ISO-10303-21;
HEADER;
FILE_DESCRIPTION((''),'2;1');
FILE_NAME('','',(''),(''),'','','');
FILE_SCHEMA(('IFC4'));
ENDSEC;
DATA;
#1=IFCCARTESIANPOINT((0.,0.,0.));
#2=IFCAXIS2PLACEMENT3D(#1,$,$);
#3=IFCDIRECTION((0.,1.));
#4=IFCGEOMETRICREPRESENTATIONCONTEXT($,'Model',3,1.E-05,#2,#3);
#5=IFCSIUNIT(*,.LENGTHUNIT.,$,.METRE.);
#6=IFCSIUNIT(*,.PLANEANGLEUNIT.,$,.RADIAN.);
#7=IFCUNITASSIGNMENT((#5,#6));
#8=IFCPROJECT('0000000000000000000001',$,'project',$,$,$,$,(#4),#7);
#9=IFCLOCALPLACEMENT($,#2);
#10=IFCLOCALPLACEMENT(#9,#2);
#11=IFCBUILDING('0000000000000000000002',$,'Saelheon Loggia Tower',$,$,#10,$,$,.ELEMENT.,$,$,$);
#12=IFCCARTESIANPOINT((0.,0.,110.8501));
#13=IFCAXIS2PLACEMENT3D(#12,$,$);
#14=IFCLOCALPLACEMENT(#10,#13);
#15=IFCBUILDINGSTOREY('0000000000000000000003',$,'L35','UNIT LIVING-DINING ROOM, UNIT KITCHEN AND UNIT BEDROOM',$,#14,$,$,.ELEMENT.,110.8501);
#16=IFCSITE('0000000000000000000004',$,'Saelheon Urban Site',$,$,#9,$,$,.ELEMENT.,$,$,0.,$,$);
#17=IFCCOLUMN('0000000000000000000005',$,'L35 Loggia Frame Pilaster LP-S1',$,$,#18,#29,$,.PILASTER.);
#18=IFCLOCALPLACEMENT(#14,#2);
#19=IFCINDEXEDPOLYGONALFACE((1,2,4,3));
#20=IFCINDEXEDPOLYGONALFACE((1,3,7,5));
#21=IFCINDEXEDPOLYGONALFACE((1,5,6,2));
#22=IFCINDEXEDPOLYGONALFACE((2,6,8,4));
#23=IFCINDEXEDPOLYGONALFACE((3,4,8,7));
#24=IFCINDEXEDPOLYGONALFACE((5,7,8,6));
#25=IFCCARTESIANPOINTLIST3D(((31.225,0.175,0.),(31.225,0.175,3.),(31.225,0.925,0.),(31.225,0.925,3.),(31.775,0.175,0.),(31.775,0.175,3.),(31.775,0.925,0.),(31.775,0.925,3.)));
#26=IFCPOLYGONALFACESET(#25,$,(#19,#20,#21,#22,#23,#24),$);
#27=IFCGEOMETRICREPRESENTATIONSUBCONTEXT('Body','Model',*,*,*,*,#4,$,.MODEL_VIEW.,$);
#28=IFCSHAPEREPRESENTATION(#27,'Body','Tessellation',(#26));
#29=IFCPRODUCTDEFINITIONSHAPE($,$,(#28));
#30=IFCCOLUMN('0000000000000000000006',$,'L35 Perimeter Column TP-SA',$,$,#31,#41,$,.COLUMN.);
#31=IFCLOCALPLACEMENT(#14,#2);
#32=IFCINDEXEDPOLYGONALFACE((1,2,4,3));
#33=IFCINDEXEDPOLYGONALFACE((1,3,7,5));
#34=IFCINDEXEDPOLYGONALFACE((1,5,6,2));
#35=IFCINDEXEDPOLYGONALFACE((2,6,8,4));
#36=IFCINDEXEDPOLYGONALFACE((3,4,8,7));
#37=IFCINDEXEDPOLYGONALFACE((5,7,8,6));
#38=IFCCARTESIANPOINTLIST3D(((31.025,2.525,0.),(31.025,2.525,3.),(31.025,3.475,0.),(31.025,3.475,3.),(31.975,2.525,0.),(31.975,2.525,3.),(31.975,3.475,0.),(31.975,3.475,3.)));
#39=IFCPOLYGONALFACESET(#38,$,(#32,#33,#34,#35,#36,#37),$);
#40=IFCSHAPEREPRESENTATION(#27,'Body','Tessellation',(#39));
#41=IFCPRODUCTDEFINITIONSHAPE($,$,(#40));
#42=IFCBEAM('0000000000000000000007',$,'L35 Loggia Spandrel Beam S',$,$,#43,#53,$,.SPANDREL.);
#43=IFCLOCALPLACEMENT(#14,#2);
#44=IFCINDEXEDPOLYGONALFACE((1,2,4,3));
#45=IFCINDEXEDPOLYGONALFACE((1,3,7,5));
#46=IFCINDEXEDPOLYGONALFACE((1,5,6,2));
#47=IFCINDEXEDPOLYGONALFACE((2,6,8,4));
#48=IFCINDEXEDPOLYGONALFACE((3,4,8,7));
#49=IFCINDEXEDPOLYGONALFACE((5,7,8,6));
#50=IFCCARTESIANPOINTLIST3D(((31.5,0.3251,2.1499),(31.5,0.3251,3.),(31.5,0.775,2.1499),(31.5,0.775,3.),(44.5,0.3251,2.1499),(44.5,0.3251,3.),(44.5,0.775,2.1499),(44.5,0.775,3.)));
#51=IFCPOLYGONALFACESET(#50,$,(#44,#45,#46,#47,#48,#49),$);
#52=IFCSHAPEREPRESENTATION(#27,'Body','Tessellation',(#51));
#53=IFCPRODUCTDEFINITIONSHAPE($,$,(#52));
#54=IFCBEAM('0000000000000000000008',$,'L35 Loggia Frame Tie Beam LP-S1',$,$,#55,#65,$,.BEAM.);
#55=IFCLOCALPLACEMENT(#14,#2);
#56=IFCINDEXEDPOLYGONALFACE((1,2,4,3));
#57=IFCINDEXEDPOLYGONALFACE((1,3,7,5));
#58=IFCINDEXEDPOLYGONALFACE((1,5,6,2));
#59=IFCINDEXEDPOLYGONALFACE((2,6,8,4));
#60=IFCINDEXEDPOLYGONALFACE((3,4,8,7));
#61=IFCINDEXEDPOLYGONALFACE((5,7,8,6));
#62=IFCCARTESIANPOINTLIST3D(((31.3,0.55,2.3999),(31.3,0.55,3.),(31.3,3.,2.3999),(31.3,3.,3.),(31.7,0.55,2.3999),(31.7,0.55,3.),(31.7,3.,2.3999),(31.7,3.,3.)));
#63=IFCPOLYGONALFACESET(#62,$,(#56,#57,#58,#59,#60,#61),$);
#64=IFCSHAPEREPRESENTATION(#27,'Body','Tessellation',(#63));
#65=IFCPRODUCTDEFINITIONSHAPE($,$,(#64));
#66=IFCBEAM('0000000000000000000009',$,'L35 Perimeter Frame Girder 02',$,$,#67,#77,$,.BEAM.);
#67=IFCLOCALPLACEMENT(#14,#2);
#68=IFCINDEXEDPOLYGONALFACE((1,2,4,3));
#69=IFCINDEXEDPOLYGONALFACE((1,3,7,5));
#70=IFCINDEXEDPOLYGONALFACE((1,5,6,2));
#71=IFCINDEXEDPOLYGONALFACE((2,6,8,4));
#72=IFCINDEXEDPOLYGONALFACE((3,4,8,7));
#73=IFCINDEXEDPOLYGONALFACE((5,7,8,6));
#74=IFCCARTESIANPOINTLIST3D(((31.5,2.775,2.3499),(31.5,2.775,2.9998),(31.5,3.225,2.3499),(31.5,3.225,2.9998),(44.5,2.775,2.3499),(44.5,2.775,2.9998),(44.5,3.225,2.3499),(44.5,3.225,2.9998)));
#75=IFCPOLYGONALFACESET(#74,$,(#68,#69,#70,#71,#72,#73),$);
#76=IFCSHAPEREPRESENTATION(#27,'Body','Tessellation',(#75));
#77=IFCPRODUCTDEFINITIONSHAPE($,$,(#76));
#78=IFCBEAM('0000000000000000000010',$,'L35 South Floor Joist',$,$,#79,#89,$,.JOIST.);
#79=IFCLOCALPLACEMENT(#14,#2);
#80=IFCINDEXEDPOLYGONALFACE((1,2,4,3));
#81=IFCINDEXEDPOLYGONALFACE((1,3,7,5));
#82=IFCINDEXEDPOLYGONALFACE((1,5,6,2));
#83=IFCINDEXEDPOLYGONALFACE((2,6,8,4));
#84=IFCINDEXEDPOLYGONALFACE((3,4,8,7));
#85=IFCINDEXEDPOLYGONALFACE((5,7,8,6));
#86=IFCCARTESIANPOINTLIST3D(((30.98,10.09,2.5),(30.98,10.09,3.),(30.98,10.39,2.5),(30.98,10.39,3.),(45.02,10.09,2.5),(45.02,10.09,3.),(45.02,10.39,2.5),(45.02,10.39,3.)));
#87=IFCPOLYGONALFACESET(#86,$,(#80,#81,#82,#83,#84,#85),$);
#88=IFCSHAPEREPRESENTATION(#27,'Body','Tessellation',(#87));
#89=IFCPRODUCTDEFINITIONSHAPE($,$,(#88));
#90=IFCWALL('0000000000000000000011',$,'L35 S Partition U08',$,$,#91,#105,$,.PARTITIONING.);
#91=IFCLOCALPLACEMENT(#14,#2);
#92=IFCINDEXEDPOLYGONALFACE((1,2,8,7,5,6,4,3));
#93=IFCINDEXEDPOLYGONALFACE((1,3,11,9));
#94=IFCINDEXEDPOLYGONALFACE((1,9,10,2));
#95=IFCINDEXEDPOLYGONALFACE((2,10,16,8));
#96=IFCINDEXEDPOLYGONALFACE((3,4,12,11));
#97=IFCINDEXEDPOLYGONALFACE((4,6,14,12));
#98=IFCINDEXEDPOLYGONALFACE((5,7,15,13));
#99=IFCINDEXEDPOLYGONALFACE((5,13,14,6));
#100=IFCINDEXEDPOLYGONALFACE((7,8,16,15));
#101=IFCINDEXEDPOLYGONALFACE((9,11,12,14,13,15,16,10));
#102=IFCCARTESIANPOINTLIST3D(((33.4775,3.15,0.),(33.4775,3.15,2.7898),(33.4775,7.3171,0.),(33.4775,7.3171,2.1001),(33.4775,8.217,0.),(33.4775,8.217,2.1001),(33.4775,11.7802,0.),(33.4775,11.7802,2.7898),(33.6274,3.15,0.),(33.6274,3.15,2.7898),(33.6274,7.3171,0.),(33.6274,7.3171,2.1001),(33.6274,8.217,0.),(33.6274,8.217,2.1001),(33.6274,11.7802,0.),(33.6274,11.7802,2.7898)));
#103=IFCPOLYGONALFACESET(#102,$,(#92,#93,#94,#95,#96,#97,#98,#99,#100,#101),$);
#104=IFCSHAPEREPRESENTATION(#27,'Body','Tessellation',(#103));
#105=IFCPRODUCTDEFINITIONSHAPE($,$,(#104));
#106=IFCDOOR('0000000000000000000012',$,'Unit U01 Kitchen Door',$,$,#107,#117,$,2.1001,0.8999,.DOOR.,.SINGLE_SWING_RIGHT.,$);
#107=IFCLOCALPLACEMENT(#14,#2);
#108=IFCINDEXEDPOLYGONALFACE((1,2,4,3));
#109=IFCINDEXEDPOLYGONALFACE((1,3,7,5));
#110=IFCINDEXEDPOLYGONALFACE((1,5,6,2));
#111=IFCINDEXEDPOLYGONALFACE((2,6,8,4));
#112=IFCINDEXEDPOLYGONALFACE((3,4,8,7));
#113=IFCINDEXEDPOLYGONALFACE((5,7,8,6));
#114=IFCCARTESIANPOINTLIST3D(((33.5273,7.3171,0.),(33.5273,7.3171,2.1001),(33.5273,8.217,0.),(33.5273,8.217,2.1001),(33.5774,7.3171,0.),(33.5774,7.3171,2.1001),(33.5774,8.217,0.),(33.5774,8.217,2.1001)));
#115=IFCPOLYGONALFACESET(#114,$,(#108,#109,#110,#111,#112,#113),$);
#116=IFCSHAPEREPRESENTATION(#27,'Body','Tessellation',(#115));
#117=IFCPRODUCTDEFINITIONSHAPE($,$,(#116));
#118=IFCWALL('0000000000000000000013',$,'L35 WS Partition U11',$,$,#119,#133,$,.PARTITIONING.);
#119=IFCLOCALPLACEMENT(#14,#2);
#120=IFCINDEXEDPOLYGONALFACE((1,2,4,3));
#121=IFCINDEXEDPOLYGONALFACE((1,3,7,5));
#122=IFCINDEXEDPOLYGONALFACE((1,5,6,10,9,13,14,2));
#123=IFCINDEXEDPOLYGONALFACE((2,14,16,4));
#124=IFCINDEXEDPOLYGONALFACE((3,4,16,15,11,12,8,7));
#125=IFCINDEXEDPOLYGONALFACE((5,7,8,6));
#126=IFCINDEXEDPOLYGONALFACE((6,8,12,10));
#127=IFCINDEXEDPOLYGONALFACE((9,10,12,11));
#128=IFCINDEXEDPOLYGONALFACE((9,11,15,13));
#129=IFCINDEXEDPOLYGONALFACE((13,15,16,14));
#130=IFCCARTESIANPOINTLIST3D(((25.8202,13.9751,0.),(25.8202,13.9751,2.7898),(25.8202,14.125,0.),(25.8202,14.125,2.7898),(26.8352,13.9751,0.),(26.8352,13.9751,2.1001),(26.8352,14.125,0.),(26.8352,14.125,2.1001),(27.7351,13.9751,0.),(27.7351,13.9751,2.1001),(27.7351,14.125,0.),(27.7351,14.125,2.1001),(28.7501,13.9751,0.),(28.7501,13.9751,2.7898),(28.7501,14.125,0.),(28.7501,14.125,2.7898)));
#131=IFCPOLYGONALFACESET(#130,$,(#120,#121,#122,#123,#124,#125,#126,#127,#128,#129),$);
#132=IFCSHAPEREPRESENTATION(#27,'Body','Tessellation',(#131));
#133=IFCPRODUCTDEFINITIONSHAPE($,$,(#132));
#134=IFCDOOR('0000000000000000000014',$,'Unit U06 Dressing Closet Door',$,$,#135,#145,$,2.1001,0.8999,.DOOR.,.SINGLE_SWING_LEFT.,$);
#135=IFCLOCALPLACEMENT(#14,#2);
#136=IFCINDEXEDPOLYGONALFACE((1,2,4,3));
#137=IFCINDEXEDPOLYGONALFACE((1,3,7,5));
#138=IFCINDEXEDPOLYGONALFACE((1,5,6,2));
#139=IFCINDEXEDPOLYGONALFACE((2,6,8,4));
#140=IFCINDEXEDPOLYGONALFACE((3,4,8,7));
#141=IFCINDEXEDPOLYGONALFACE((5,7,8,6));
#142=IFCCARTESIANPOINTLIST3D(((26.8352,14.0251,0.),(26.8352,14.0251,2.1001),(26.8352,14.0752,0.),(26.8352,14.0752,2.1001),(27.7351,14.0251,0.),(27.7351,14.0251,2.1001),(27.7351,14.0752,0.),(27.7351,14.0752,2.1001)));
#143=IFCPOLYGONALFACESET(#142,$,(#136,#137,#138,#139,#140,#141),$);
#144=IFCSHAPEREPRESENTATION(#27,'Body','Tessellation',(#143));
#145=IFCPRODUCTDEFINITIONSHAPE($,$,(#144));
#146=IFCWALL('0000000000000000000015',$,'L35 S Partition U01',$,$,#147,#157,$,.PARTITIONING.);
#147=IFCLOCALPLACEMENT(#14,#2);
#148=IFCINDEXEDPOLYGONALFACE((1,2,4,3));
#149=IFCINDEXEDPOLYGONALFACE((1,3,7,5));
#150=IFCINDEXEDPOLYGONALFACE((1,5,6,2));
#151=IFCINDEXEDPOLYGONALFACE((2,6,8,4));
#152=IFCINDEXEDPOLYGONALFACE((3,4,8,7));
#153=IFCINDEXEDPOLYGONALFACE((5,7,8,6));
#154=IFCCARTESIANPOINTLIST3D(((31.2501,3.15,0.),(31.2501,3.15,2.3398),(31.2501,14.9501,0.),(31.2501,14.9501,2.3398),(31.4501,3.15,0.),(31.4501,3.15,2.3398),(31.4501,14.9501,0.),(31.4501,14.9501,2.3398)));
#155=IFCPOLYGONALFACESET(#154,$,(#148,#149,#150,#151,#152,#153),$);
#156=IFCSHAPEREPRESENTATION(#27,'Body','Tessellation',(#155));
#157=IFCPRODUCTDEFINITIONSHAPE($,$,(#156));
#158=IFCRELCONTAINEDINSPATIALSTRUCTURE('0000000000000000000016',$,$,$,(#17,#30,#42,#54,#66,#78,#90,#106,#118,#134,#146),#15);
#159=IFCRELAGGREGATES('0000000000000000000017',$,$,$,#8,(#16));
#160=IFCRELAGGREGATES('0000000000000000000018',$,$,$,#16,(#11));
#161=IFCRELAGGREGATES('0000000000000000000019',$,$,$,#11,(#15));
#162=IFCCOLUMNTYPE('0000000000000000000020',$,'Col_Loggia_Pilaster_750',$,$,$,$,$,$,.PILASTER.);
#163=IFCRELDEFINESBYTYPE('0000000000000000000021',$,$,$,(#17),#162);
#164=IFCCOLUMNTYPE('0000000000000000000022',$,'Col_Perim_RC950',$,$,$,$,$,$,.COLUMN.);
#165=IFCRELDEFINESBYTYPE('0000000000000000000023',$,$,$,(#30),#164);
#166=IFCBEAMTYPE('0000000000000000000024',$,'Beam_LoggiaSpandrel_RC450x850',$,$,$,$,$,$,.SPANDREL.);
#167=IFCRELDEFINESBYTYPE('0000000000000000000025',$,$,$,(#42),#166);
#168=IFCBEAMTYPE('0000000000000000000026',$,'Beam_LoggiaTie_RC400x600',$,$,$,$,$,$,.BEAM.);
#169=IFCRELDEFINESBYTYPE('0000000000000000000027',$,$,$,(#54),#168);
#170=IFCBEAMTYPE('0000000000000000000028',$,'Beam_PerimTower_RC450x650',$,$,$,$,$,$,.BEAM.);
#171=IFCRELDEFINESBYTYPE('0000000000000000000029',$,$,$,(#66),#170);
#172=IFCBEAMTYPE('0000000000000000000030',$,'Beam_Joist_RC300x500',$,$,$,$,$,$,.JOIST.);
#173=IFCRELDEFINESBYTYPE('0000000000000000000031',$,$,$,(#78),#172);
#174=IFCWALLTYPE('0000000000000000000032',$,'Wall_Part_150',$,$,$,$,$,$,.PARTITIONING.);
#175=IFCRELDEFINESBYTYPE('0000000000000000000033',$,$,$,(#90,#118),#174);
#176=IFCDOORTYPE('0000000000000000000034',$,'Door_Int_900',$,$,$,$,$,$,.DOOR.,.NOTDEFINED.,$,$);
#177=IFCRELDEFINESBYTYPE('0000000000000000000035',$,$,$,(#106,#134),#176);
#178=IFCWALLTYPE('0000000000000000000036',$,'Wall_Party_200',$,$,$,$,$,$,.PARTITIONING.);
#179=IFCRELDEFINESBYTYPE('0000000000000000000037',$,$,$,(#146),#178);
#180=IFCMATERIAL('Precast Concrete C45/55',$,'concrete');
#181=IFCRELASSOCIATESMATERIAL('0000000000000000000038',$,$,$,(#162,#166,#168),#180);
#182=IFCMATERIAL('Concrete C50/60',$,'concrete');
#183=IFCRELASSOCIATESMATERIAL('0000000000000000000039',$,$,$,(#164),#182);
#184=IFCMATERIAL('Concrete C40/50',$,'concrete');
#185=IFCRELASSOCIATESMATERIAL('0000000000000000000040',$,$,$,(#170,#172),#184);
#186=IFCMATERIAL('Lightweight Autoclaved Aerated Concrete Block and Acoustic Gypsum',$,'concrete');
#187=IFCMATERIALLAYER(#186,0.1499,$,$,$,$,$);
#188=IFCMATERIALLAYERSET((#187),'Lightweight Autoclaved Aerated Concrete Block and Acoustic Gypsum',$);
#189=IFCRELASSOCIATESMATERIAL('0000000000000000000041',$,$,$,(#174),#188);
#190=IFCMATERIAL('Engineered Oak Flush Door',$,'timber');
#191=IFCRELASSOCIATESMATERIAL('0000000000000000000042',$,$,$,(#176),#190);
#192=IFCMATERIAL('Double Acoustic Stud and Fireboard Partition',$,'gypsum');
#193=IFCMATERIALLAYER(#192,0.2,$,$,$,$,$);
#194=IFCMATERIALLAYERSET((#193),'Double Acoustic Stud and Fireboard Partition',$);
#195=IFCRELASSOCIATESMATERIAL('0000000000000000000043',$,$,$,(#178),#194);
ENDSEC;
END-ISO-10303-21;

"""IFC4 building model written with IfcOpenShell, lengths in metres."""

from ifc_helpers import new_model, si_unit, direction, frame, frame_2d, origin, origin_2d, place, context, subcontext, project, spatial, rectangle, extrude, source, transform, mapped, material, layer, layer_set, material_profile, profile_set, type_object, element, fill, save


model = new_model("IFC4")

# Units and contexts
model_context = context("Model", 3, precision=1e-05, world=origin(), true_north=direction((0.0, 1.0)))
body_context = subcontext(model_context, "Body", "Model", "MODEL_VIEW")
ifc_project = project(units=[si_unit("LENGTHUNIT", "METRE"), si_unit("PLANEANGLEUNIT", "RADIAN")], contexts=[model_context])

# Site, building, storey
site_placement = place(None, origin())
site = spatial("IfcSite", under=ifc_project, at=site_placement, Name="Saelheon Urban Site", CompositionType="ELEMENT", RefElevation=0.0)
building_placement = place(site_placement, origin())
building = spatial("IfcBuilding", under=site, at=building_placement, Name="Saelheon Loggia Tower", CompositionType="ELEMENT")
storey_placement = place(building_placement, frame((0.0, 0.0, 110.8501)))
storey = spatial("IfcBuildingStorey", under=building, at=storey_placement, Name="L35", Description="UNIT LIVING-DINING ROOM, UNIT KITCHEN AND UNIT BEDROOM", CompositionType="ELEMENT", Elevation=110.8501)

# Columns
ifc_material_1 = material(Name="Precast Concrete C45/55", Category="concrete")
ifc_material_profile_1 = material_profile(ifc_material_1, rectangle(XDim=0.55, YDim=0.75, at=origin_2d()), Name="RC-550x750")
ifc_profile_set_1 = profile_set([ifc_material_profile_1], Name="Precast Concrete C45/55")
column_type_1 = type_object("IfcColumnType", Name="Col_Loggia_Pilaster_750", PredefinedType="PILASTER", material=ifc_profile_set_1)
shared_shape_1 = source(origin(), body_context, "Body", "SweptSolid", [
    extrude(rectangle(XDim=0.55, YDim=0.75, at=origin_2d()), origin(), (0.0, 0.0, 1.0), 3.0),
])
column_1_placement = place(storey_placement, frame((31.5, 0.55, 0.0), z_axis=(0.0, 0.0, 1.0), x_axis=(1.0, 0.0, 0.0)))
element("IfcColumn", 1, at=column_1_placement, inside=storey, type_object=column_type_1, Name="L35 Loggia Frame Pilaster LP-S1", PredefinedType="PILASTER", context=body_context, shape_type="MappedRepresentation", body=[
    mapped(shared_shape_1, transform((0.0, 0.0, 0.0), scale=1.0)),
])
ifc_material_2 = material(Name="Concrete C50/60", Category="concrete")
ifc_material_profile_2 = material_profile(ifc_material_2, rectangle(XDim=0.95, YDim=0.95, at=origin_2d()), Name="RC-950x950")
ifc_profile_set_2 = profile_set([ifc_material_profile_2], Name="Concrete C50/60")
column_type_2 = type_object("IfcColumnType", Name="Col_Perim_RC950", PredefinedType="COLUMN", material=ifc_profile_set_2)
shared_shape_2 = source(origin(), body_context, "Body", "SweptSolid", [
    extrude(rectangle(XDim=0.95, YDim=0.95, at=origin_2d()), origin(), (0.0, 0.0, 1.0), 3.0),
])
column_2_placement = place(storey_placement, frame((31.5, 3.0, 0.0), z_axis=(0.0, 0.0, 1.0), x_axis=(1.0, 0.0, 0.0)))
element("IfcColumn", 2, at=column_2_placement, inside=storey, type_object=column_type_2, Name="L35 Perimeter Column TP-SA", PredefinedType="COLUMN", context=body_context, shape_type="MappedRepresentation", body=[
    mapped(shared_shape_2, transform((0.0, 0.0, 0.0), scale=1.0)),
])

# Beams
ifc_material_profile_3 = material_profile(ifc_material_1, rectangle(XDim=0.45, YDim=0.8501, at=origin_2d()), Name="RC-450x850")
ifc_profile_set_3 = profile_set([ifc_material_profile_3], Name="Precast Concrete C45/55")
beam_type_1 = type_object("IfcBeamType", Name="Beam_LoggiaSpandrel_RC450x850", PredefinedType="SPANDREL", material=ifc_profile_set_3)
shared_shape_3 = source(origin(), body_context, "Body", "SweptSolid", [
    extrude(rectangle(XDim=0.45, YDim=0.8501, at=origin_2d()), origin(), (0.0, 0.0, 1.0), 13.0),
])
beam_1_placement = place(storey_placement, frame((31.5, 0.55, 2.575), z_axis=(1.0, 0.0, 0.0), x_axis=(0.0, 1.0, 0.0)))
element("IfcBeam", 3, at=beam_1_placement, inside=storey, type_object=beam_type_1, Name="L35 Loggia Spandrel Beam S", PredefinedType="SPANDREL", context=body_context, shape_type="MappedRepresentation", body=[
    mapped(shared_shape_3, transform((0.0, 0.0, 0.0), scale=1.0)),
])
ifc_material_profile_4 = material_profile(ifc_material_1, rectangle(XDim=0.3999, YDim=0.6001, at=origin_2d()), Name="RC-400x600")
ifc_profile_set_4 = profile_set([ifc_material_profile_4], Name="Precast Concrete C45/55")
beam_type_2 = type_object("IfcBeamType", Name="Beam_LoggiaTie_RC400x600", PredefinedType="BEAM", material=ifc_profile_set_4)
shared_shape_4 = source(origin(), body_context, "Body", "SweptSolid", [
    extrude(rectangle(XDim=0.3999, YDim=0.6001, at=origin_2d()), origin(), (0.0, 0.0, 1.0), 2.45),
])
beam_2_placement = place(storey_placement, frame((31.5, 3.0, 2.7), z_axis=(0.0, -1.0, 0.0), x_axis=(1.0, 0.0, 0.0)))
element("IfcBeam", 4, at=beam_2_placement, inside=storey, type_object=beam_type_2, Name="L35 Loggia Frame Tie Beam LP-S1", PredefinedType="BEAM", context=body_context, shape_type="MappedRepresentation", body=[
    mapped(shared_shape_4, transform((0.0, 0.0, 0.0), scale=1.0)),
])
ifc_material_3 = material(Name="Concrete C40/50", Category="concrete")
ifc_material_profile_5 = material_profile(ifc_material_3, rectangle(XDim=0.45, YDim=0.6499, at=origin_2d()), Name="RC-450x650")
ifc_profile_set_5 = profile_set([ifc_material_profile_5], Name="Concrete C40/50")
beam_type_3 = type_object("IfcBeamType", Name="Beam_PerimTower_RC450x650", PredefinedType="BEAM", material=ifc_profile_set_5)
shared_shape_5 = source(origin(), body_context, "Body", "SweptSolid", [
    extrude(rectangle(XDim=0.45, YDim=0.6499, at=origin_2d()), origin(), (0.0, 0.0, 1.0), 13.0),
])
beam_3_placement = place(storey_placement, frame((31.5, 3.0, 2.6748), z_axis=(1.0, 0.0, 0.0), x_axis=(0.0, 1.0, 0.0)))
element("IfcBeam", 5, at=beam_3_placement, inside=storey, type_object=beam_type_3, Name="L35 Perimeter Frame Girder 02", PredefinedType="BEAM", context=body_context, shape_type="MappedRepresentation", body=[
    mapped(shared_shape_5, transform((0.0, 0.0, 0.0), scale=1.0)),
])
ifc_material_profile_6 = material_profile(ifc_material_3, rectangle(XDim=0.3, YDim=0.5, at=origin_2d()), Name="RC-300x500")
ifc_profile_set_6 = profile_set([ifc_material_profile_6], Name="Concrete C40/50")
beam_type_4 = type_object("IfcBeamType", Name="Beam_Joist_RC300x500", PredefinedType="JOIST", material=ifc_profile_set_6)
shared_shape_6 = source(origin(), body_context, "Body", "SweptSolid", [
    extrude(rectangle(XDim=0.3, YDim=0.5, at=origin_2d()), origin(), (0.0, 0.0, 1.0), 14.04),
])
beam_4_placement = place(storey_placement, frame((30.98, 10.24, 2.75), z_axis=(1.0, 0.0, 0.0), x_axis=(0.0, 1.0, 0.0)))
element("IfcBeam", 6, at=beam_4_placement, inside=storey, type_object=beam_type_4, Name="L35 South Floor Joist", PredefinedType="JOIST", context=body_context, shape_type="MappedRepresentation", body=[
    mapped(shared_shape_6, transform((0.0, 0.0, 0.0), scale=1.0)),
])

# Walls, openings, doors
ifc_material_4 = material(Name="Lightweight Autoclaved Aerated Concrete Block and Acoustic Gypsum", Category="concrete")
ifc_layer_1 = layer(ifc_material_4, 0.1499)
ifc_layer_set_1 = layer_set([ifc_layer_1], Name="Lightweight Autoclaved Aerated Concrete Block and Acoustic Gypsum")
wall_type_1 = type_object("IfcWallType", Name="Wall_Part_150", PredefinedType="PARTITIONING", material=ifc_layer_set_1)
wall_1_placement = place(storey_placement, frame((33.5525, 11.78, 0.0), z_axis=(0.0, 0.0, 1.0), x_axis=(0.0, -1.0, 0.0)))
wall_1 = element("IfcWall", 7, at=wall_1_placement, inside=storey, type_object=wall_type_1, Name="L35 S Partition U08", PredefinedType="PARTITIONING", context=body_context, shape_type="SweptSolid", body=[
    extrude(rectangle(XDim=8.6301, YDim=0.1499, at=frame_2d((4.3149, 0.0))), origin(), (0.0, 0.0, 1.0), 2.7898),
])
opening_1_placement = place(wall_1_placement, frame((3.563, 0.0, 0.0)))
opening_1 = element("IfcOpeningElement", 8, at=opening_1_placement, cuts=wall_1, PredefinedType="OPENING", context=body_context, shape_type="SweptSolid", body=[
    extrude(rectangle(XDim=0.8999, YDim=2.1001, at=frame_2d((0.45, 1.05))), frame((0.0, 0.0869, 0.0), z_axis=(0.0, -1.0, 0.0), x_axis=(1.0, 0.0, 0.0)), (0.0, 0.0, 1.0), 0.1738),
])
ifc_material_5 = material(Name="Engineered Oak Flush Door", Category="timber")
door_type_1 = type_object("IfcDoorType", Name="Door_Int_900", OperationType="NOTDEFINED", PredefinedType="DOOR", material=ifc_material_5)
shared_shape_7 = source(origin(), body_context, "Body", "SweptSolid", [
    extrude(rectangle(XDim=0.8999, YDim=2.1001, at=frame_2d((0.45, 1.05))), frame((0.0, 0.0249, 0.0), z_axis=(0.0, -1.0, 0.0), x_axis=(1.0, 0.0, 0.0)), (0.0, 0.0, 1.0), 0.05),
])
door_1_placement = place(opening_1_placement, origin())
door_1 = element("IfcDoor", 9, at=door_1_placement, inside=storey, type_object=door_type_1, Name="Unit U01 Kitchen Door", OperationType="SINGLE_SWING_RIGHT", OverallHeight=2.1001, OverallWidth=0.8999, PredefinedType="DOOR", context=body_context, shape_type="MappedRepresentation", body=[
    mapped(shared_shape_7, transform((0.0, 0.0, 0.0), scale=1.0)),
])
fill(opening_1, door_1)
wall_2_placement = place(storey_placement, frame((28.75, 14.05, 0.0), z_axis=(0.0, 0.0, 1.0), x_axis=(-1.0, 0.0, 0.0)))
wall_2 = element("IfcWall", 10, at=wall_2_placement, inside=storey, type_object=wall_type_1, Name="L35 WS Partition U11", PredefinedType="PARTITIONING", context=body_context, shape_type="SweptSolid", body=[
    extrude(rectangle(XDim=2.9299, YDim=0.1499, at=frame_2d((1.4648, 0.0))), origin(), (0.0, 0.0, 1.0), 2.7898),
])
opening_2_placement = place(wall_2_placement, frame((1.0149, 0.0, 0.0)))
opening_2 = element("IfcOpeningElement", 11, at=opening_2_placement, cuts=wall_2, PredefinedType="OPENING", context=body_context, shape_type="SweptSolid", body=[
    extrude(rectangle(XDim=0.8999, YDim=2.1001, at=frame_2d((0.45, 1.05))), frame((0.0, 0.0869, 0.0), z_axis=(0.0, -1.0, 0.0), x_axis=(1.0, 0.0, 0.0)), (0.0, 0.0, 1.0), 0.1738),
])
door_2_placement = place(opening_2_placement, origin())
door_2 = element("IfcDoor", 12, at=door_2_placement, inside=storey, type_object=door_type_1, Name="Unit U06 Dressing Closet Door", OperationType="SINGLE_SWING_LEFT", OverallHeight=2.1001, OverallWidth=0.8999, PredefinedType="DOOR", context=body_context, shape_type="MappedRepresentation", body=[
    mapped(shared_shape_7, transform((0.0, 0.0, 0.0), scale=1.0)),
])
fill(opening_2, door_2)

# Wall
ifc_material_6 = material(Name="Double Acoustic Stud and Fireboard Partition", Category="gypsum")
ifc_layer_2 = layer(ifc_material_6, 0.2)
ifc_layer_set_2 = layer_set([ifc_layer_2], Name="Double Acoustic Stud and Fireboard Partition")
wall_type_2 = type_object("IfcWallType", Name="Wall_Party_200", PredefinedType="PARTITIONING", material=ifc_layer_set_2)
wall_3_placement = place(storey_placement, frame((31.3501, 14.95, 0.0), z_axis=(0.0, 0.0, 1.0), x_axis=(0.0, -1.0, 0.0)))
element("IfcWall", 13, at=wall_3_placement, inside=storey, type_object=wall_type_2, Name="L35 S Partition U01", PredefinedType="PARTITIONING", context=body_context, shape_type="SweptSolid", body=[
    extrude(rectangle(XDim=11.8, YDim=0.2, at=frame_2d((5.8999, 0.0))), origin(), (0.0, 0.0, 1.0), 2.3398),
])

save(model, "model.ifc")
